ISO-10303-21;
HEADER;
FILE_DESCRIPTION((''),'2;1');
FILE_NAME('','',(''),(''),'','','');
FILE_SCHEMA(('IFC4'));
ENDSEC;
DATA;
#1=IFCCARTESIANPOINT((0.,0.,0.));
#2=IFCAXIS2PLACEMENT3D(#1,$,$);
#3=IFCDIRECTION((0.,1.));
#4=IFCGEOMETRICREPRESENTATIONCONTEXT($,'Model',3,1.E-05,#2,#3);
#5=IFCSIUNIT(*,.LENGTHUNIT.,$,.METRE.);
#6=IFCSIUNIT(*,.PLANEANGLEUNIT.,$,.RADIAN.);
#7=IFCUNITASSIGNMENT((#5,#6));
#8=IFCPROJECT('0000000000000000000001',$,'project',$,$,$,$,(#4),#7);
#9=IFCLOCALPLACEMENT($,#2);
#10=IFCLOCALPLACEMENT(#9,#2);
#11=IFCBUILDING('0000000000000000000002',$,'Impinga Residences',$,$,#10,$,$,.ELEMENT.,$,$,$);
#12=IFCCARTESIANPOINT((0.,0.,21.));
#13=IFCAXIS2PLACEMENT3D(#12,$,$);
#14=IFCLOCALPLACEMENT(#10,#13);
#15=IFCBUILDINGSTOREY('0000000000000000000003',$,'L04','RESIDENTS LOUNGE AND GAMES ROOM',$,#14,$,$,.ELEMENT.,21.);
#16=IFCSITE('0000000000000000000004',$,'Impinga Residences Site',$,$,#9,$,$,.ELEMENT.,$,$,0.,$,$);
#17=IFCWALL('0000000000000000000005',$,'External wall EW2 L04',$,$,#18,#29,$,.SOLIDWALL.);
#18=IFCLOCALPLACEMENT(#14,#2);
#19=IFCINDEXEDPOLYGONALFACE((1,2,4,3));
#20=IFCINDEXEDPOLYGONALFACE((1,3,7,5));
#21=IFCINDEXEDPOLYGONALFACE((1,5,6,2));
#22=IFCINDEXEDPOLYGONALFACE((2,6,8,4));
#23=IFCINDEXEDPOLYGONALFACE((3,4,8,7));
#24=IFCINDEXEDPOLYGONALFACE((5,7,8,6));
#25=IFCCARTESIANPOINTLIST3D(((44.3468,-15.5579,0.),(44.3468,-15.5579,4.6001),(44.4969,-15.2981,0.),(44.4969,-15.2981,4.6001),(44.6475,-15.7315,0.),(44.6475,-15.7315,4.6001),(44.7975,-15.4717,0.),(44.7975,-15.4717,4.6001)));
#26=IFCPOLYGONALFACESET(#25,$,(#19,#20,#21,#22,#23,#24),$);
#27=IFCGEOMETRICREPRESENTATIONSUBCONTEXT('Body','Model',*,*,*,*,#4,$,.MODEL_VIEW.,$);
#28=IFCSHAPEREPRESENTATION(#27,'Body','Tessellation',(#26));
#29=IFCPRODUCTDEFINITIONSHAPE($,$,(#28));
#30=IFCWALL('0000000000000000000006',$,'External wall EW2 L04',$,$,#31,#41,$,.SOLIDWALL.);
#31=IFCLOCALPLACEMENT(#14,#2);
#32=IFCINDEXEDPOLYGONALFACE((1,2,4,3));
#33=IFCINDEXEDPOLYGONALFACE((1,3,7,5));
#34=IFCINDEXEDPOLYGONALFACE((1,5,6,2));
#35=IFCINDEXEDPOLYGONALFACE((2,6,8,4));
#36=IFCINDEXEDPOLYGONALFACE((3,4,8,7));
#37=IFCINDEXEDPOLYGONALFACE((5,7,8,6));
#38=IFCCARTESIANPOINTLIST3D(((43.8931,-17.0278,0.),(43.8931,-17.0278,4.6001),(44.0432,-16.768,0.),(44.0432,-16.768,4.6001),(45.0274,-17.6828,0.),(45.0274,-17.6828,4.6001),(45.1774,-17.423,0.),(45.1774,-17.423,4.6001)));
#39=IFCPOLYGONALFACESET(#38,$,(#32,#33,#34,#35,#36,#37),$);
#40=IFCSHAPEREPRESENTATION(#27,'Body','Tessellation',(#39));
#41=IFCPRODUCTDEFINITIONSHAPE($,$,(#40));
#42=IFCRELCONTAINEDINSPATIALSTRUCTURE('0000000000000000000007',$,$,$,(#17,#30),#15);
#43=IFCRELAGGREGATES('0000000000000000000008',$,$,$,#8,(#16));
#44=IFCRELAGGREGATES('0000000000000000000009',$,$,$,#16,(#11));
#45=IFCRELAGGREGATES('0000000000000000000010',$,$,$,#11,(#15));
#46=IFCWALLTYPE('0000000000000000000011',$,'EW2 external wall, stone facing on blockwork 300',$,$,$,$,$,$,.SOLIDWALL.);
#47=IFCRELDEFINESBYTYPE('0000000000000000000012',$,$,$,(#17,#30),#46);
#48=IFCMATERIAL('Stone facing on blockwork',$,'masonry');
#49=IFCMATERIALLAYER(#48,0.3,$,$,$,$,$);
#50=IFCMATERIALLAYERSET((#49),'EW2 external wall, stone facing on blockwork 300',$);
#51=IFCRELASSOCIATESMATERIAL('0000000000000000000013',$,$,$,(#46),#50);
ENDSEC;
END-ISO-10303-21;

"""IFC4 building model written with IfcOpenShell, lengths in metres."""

from ifc_helpers import new_model, si_unit, direction, frame, frame_2d, origin, place, context, subcontext, project, spatial, rectangle, extrude, material, layer, layer_set, type_object, element, save


model = new_model("IFC4")

# Units and contexts
model_context = context("Model", 3, precision=1e-05, world=origin(), true_north=direction((0.0, 1.0)))
body_context = subcontext(model_context, "Body", "Model", "MODEL_VIEW")
ifc_project = project(units=[si_unit("LENGTHUNIT", "METRE"), si_unit("PLANEANGLEUNIT", "RADIAN")], contexts=[model_context])

# Site, building, storey
site_placement = place(None, origin())
site = spatial("IfcSite", under=ifc_project, at=site_placement, Name="Impinga Residences Site", CompositionType="ELEMENT", RefElevation=0.0)
building_placement = place(site_placement, origin())
building = spatial("IfcBuilding", under=site, at=building_placement, Name="Impinga Residences", CompositionType="ELEMENT")
storey_placement = place(building_placement, frame((0.0, 0.0, 21.0)))
storey = spatial("IfcBuildingStorey", under=building, at=storey_placement, Name="L04", Description="RESIDENTS LOUNGE AND GAMES ROOM", CompositionType="ELEMENT", Elevation=21.0)

# Shared definitions
ifc_material_1 = material(Name="Stone facing on blockwork", Category="masonry")
ifc_layer_1 = layer(ifc_material_1, 0.3)
ifc_layer_set_1 = layer_set([ifc_layer_1], Name="EW2 external wall, stone facing on blockwork 300")
wall_type = type_object("IfcWallType", Name="EW2 external wall, stone facing on blockwork 300", PredefinedType="SOLIDWALL", material=ifc_layer_set_1)

# Walls
wall_1_placement = place(storey_placement, frame((44.4219, -15.428, 0.0), z_axis=(0.0, 0.0, 1.0), x_axis=(0.86594, -0.500149, 0.0)))
element("IfcWall", 1, at=wall_1_placement, inside=storey, type_object=wall_type, Name="External wall EW2 L04", PredefinedType="SOLIDWALL", context=body_context, shape_type="SweptSolid", body=[
    extrude(rectangle(XDim=0.3472, YDim=0.3, at=frame_2d((0.1736, 0.0))), origin(), (0.0, 0.0, 1.0), 4.6001),
])
wall_2_placement = place(storey_placement, frame((43.9683, -16.8979, 0.0), z_axis=(0.0, 0.0, 1.0), x_axis=(0.865974, -0.500088, 0.0)))
element("IfcWall", 2, at=wall_2_placement, inside=storey, type_object=wall_type, Name="External wall EW2 L04", PredefinedType="SOLIDWALL", context=body_context, shape_type="SweptSolid", body=[
    extrude(rectangle(XDim=1.3098, YDim=0.3, at=frame_2d((0.6548, 0.0))), origin(), (0.0, 0.0, 1.0), 4.6001),
])

save(model, "model.ifc")
